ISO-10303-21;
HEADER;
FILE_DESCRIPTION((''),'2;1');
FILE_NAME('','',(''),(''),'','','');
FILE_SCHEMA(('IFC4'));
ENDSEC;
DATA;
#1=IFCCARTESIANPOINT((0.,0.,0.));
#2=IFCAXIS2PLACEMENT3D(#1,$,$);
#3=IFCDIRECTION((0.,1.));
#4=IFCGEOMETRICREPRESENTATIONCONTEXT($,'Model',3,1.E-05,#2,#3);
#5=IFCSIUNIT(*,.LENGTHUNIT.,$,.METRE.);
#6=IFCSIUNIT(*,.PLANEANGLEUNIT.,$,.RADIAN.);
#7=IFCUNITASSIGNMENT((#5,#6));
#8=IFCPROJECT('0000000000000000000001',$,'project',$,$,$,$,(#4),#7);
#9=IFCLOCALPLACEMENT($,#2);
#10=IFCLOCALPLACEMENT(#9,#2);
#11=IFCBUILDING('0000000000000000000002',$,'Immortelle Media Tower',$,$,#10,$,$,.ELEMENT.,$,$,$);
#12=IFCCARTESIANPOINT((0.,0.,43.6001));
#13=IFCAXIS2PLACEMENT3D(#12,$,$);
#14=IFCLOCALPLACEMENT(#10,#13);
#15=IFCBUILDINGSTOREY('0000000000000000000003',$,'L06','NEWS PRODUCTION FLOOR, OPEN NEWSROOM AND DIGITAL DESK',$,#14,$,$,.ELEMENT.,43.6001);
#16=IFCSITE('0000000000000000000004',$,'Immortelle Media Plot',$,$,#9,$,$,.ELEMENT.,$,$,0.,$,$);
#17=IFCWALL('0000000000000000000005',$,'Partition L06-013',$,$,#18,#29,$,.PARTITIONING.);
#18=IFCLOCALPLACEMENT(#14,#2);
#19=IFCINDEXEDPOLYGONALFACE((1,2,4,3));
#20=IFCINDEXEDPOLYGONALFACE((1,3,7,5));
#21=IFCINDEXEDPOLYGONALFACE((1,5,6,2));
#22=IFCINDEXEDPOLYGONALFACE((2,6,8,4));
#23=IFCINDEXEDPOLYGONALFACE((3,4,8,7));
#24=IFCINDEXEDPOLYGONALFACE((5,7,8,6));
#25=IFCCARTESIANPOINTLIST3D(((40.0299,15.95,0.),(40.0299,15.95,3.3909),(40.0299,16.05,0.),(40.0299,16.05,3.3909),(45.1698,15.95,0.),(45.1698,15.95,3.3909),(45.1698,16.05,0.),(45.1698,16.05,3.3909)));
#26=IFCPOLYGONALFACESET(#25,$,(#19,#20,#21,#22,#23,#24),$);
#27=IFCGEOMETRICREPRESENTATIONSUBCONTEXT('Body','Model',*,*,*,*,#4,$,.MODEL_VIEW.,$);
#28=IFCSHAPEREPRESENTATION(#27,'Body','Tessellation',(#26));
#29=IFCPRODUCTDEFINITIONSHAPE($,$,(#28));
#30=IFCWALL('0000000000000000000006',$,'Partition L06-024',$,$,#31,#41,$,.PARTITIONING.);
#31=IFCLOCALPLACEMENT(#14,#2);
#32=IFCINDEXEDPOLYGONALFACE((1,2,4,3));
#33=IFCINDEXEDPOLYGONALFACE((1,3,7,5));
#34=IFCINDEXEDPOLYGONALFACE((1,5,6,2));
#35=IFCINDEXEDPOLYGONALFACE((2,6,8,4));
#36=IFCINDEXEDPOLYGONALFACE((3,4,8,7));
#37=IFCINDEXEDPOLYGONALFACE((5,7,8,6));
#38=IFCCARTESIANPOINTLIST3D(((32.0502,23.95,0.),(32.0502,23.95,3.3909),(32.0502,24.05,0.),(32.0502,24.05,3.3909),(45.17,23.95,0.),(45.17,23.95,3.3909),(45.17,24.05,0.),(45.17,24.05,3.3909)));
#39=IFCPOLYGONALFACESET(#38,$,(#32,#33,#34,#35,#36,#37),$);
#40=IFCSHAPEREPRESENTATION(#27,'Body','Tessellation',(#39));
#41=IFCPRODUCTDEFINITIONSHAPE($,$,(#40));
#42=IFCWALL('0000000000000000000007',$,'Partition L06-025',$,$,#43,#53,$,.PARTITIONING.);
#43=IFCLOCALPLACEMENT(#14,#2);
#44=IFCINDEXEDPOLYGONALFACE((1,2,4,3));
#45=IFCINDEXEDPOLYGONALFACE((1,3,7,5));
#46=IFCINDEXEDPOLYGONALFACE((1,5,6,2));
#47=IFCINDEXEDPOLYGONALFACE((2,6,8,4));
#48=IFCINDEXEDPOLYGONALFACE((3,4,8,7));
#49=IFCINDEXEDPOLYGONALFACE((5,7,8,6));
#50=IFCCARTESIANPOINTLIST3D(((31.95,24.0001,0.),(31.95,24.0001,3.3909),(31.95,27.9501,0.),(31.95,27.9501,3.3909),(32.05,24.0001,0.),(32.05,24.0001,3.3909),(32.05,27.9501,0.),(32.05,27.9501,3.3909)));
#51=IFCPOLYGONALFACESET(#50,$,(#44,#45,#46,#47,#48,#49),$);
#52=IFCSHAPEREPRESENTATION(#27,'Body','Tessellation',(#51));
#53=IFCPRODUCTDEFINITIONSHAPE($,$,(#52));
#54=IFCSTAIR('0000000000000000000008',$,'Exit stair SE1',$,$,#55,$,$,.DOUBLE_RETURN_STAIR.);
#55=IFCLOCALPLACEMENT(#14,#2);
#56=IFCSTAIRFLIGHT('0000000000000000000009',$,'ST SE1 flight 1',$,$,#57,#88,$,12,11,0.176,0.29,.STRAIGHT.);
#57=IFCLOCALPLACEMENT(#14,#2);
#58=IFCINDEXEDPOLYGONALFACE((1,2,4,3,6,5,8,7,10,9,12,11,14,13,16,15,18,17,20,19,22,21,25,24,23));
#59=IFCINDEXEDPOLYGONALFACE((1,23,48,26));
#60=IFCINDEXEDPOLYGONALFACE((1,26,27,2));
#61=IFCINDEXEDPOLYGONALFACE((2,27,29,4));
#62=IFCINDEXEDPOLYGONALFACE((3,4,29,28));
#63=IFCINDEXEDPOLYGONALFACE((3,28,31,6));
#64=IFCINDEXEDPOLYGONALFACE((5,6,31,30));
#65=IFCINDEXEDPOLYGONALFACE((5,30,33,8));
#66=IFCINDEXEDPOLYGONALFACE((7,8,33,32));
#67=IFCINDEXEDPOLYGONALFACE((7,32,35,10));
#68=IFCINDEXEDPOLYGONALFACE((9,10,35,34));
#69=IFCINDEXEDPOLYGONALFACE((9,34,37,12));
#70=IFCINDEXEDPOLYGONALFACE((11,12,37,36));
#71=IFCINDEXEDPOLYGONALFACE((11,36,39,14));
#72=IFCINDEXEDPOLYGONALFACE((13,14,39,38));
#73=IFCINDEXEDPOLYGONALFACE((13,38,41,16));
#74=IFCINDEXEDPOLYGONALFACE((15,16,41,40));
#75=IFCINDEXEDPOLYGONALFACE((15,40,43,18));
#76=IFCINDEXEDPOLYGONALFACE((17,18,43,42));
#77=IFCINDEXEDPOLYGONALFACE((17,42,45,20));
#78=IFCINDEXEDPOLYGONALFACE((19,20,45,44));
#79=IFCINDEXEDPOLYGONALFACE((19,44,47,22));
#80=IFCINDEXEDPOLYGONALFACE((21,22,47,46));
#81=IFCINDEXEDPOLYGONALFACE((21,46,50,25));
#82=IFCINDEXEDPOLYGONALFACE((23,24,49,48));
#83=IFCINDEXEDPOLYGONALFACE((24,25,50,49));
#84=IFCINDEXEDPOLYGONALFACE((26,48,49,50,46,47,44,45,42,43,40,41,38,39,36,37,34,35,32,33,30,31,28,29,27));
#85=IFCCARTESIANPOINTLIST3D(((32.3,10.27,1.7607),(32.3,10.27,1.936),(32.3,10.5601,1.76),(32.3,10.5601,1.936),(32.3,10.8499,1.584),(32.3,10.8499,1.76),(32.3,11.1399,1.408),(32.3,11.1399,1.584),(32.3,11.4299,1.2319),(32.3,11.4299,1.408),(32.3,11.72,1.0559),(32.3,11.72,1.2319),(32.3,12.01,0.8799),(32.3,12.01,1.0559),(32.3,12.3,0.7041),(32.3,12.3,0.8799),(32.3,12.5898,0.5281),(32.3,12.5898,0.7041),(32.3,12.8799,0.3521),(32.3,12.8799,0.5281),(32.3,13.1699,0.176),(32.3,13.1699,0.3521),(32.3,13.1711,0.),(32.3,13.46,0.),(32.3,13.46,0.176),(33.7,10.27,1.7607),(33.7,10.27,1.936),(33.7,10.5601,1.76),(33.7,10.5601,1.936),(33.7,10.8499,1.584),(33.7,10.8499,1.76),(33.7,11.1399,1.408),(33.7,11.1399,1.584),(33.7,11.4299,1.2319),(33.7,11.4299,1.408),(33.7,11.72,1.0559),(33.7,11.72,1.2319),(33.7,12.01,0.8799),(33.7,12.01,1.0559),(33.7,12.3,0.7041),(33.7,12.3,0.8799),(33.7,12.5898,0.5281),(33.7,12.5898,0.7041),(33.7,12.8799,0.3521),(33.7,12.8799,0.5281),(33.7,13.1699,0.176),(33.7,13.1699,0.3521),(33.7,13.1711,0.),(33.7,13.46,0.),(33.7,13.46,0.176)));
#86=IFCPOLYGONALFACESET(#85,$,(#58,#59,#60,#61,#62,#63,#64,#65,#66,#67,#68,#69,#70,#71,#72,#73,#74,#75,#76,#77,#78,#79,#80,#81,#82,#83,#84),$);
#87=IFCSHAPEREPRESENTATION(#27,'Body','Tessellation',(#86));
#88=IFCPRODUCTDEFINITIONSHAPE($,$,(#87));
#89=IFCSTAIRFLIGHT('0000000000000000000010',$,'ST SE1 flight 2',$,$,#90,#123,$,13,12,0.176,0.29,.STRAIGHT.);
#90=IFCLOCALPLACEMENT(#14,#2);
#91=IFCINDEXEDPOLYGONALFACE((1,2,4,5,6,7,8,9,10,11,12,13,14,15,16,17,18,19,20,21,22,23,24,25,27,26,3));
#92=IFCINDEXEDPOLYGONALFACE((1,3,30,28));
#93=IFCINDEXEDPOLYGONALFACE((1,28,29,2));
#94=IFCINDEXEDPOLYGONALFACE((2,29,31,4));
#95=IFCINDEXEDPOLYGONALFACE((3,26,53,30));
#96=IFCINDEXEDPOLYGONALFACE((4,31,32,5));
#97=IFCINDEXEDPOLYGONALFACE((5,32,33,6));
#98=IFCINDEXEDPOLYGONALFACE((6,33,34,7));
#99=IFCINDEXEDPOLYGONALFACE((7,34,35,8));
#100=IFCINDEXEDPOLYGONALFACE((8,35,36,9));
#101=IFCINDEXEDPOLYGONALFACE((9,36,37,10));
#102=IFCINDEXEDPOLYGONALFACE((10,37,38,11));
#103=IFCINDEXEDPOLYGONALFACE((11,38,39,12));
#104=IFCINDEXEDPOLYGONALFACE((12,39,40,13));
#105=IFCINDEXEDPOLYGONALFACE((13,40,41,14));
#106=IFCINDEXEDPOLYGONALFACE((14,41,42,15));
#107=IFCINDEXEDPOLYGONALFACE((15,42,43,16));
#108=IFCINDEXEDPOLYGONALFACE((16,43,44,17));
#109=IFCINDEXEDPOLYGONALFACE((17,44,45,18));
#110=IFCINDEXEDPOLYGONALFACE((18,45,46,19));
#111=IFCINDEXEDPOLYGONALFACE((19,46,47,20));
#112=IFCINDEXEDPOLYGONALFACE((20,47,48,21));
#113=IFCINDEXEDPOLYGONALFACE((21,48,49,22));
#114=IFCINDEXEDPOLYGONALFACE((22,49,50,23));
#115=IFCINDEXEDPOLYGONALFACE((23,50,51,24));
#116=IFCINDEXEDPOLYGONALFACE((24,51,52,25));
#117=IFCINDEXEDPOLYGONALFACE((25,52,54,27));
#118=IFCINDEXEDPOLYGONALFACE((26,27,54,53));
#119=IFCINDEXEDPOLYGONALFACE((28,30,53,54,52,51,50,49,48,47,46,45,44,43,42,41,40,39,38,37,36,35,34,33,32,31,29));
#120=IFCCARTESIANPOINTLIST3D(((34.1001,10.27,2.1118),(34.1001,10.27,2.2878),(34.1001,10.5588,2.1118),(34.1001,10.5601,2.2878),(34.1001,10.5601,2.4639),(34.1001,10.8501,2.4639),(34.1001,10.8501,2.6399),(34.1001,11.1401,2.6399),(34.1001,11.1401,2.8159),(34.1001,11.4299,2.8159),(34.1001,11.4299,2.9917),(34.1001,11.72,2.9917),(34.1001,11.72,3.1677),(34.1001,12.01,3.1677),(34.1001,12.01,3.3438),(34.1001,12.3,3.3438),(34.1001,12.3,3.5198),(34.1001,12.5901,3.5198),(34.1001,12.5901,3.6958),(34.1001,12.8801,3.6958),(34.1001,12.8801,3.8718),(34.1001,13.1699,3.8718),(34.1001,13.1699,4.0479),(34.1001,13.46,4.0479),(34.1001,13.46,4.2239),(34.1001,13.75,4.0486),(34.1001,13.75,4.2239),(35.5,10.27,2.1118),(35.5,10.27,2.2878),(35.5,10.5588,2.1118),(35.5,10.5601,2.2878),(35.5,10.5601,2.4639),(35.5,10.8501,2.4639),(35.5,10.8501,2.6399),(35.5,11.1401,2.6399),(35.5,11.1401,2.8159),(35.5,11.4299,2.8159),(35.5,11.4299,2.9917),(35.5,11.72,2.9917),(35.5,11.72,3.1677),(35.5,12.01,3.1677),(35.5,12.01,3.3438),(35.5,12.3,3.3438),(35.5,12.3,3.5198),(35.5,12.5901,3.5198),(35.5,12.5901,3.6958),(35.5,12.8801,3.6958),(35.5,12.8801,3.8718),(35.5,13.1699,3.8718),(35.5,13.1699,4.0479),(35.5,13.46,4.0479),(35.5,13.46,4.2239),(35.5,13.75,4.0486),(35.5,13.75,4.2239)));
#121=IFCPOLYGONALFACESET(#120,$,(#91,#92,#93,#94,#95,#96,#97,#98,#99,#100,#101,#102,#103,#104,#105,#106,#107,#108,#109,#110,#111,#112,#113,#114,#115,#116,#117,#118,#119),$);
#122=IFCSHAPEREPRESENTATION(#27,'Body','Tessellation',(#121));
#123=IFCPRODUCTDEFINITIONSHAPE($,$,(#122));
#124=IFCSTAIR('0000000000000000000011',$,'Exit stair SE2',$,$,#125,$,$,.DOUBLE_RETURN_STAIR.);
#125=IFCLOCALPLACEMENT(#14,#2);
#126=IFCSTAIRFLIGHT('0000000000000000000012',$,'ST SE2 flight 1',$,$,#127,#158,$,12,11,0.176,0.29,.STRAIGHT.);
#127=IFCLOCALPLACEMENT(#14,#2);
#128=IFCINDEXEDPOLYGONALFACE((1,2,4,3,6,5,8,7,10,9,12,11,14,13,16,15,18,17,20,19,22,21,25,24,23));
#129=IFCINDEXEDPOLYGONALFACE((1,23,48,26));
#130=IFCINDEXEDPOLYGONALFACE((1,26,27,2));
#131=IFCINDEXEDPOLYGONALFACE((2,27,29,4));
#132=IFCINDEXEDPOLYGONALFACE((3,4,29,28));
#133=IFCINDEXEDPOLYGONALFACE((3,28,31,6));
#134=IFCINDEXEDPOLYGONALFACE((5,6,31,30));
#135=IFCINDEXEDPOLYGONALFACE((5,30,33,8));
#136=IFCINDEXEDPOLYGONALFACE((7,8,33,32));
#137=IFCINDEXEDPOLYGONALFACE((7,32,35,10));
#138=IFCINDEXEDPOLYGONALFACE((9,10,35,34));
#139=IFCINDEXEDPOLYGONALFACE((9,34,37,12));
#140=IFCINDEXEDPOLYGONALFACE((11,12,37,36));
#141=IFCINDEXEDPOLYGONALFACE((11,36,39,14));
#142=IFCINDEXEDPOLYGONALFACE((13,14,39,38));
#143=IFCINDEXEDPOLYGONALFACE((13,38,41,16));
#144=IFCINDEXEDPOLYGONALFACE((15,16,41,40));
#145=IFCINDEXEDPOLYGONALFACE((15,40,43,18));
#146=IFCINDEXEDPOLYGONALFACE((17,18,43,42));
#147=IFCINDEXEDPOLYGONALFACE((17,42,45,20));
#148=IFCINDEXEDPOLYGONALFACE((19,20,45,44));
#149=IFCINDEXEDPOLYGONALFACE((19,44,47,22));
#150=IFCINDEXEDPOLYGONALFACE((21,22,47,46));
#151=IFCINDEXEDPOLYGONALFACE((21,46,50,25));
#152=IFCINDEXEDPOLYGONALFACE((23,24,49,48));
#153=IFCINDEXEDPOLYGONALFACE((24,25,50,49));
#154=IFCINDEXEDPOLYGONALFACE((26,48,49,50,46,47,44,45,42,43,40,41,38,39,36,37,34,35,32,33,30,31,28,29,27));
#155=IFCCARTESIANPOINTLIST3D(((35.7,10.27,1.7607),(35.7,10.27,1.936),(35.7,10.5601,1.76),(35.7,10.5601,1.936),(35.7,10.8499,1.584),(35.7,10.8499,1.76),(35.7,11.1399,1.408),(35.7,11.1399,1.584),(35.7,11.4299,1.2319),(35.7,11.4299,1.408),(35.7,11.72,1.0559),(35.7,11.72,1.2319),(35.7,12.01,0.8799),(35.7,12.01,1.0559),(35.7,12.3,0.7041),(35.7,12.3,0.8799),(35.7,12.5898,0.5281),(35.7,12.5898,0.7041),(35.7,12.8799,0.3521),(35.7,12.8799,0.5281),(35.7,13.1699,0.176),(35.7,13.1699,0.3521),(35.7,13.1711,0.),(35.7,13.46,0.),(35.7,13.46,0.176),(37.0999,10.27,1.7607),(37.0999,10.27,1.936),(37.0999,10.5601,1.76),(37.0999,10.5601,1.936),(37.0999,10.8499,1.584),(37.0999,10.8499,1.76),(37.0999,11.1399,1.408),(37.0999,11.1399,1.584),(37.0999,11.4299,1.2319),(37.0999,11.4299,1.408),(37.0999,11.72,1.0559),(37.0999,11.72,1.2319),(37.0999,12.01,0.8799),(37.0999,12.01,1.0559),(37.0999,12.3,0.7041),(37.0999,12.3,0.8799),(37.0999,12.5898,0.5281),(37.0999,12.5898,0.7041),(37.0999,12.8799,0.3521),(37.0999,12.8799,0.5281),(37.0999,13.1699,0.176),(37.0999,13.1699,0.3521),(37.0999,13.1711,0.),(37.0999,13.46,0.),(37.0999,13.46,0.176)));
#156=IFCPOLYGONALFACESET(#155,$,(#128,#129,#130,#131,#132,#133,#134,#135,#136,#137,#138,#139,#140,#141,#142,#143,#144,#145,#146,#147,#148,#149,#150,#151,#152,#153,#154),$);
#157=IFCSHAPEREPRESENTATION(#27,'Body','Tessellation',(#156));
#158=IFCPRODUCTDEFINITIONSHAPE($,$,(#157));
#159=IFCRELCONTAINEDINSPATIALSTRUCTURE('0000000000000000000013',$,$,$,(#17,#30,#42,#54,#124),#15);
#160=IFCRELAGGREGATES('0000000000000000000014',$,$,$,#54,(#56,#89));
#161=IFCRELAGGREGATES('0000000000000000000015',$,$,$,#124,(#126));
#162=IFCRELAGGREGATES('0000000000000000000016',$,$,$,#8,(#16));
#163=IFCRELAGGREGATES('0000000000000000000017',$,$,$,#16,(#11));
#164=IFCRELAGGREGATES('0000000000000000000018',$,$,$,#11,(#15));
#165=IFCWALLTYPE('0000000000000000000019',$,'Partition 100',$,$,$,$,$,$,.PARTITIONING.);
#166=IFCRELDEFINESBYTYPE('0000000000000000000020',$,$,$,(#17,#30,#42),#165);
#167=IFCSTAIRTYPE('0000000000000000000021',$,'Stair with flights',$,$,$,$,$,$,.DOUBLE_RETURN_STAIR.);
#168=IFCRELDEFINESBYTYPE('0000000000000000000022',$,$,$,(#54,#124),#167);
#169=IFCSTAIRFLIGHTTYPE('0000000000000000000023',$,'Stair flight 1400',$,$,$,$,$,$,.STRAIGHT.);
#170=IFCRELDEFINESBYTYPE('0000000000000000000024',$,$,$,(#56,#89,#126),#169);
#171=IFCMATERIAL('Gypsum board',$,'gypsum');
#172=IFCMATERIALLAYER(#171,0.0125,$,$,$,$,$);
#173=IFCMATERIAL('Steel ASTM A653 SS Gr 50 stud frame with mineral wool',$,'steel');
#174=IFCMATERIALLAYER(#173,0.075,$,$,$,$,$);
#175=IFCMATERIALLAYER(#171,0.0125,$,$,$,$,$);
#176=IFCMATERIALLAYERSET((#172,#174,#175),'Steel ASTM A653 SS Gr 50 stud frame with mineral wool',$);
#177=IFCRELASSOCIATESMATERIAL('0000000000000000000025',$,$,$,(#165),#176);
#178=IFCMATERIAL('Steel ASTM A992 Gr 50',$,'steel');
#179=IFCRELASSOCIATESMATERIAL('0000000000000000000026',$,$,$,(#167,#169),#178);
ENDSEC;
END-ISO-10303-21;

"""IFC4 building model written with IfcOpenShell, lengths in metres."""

from ifc_helpers import new_model, si_unit, direction, frame, frame_2d, origin, place, context, subcontext, project, spatial, polyline, rectangle, outline, extrude, material, layer, layer_set, type_object, element, aggregate, save


model = new_model("IFC4")

# Units and contexts
model_context = context("Model", 3, precision=1e-05, world=origin(), true_north=direction((0.0, 1.0)))
body_context = subcontext(model_context, "Body", "Model", "MODEL_VIEW")
ifc_project = project(units=[si_unit("LENGTHUNIT", "METRE"), si_unit("PLANEANGLEUNIT", "RADIAN")], contexts=[model_context])

# Site, building, storey
site_placement = place(None, origin())
site = spatial("IfcSite", under=ifc_project, at=site_placement, Name="Immortelle Media Plot", CompositionType="ELEMENT", RefElevation=0.0)
building_placement = place(site_placement, origin())
building = spatial("IfcBuilding", under=site, at=building_placement, Name="Immortelle Media Tower", CompositionType="ELEMENT")
storey_placement = place(building_placement, frame((0.0, 0.0, 43.6001)))
storey = spatial("IfcBuildingStorey", under=building, at=storey_placement, Name="L06", Description="NEWS PRODUCTION FLOOR, OPEN NEWSROOM AND DIGITAL DESK", CompositionType="ELEMENT", Elevation=43.6001)

# Shared definitions
ifc_material_1 = material(Name="Steel ASTM A992 Gr 50", Category="steel")

# Walls
ifc_material_2 = material(Name="Steel ASTM A653 SS Gr 50 stud frame with mineral wool", Category="steel")
ifc_material_3 = material(Name="Gypsum board", Category="gypsum")
ifc_layer_1 = layer(ifc_material_3, 0.0125)
ifc_layer_2 = layer(ifc_material_2, 0.075)
ifc_layer_3 = layer(ifc_material_3, 0.0125)
ifc_layer_set_1 = layer_set([ifc_layer_1, ifc_layer_2, ifc_layer_3], Name="Steel ASTM A653 SS Gr 50 stud frame with mineral wool")
wall_type_1 = type_object("IfcWallType", Name="Partition 100", PredefinedType="PARTITIONING", material=ifc_layer_set_1)
wall_1_placement = place(storey_placement, frame((40.03, 16.0, 0.0), z_axis=(0.0, 0.0, 1.0), x_axis=(1.0, 0.0, 0.0)))
element("IfcWall", 1, at=wall_1_placement, inside=storey, type_object=wall_type_1, Name="Partition L06-013", PredefinedType="PARTITIONING", context=body_context, shape_type="SweptSolid", body=[
    extrude(rectangle(XDim=5.1399, YDim=0.1001, at=frame_2d((2.5698, 0.0))), origin(), (0.0, 0.0, 1.0), 3.3909),
])
wall_2_placement = place(storey_placement, frame((32.05, 24.0, 0.0), z_axis=(0.0, 0.0, 1.0), x_axis=(1.0, 0.0, 0.0)))
element("IfcWall", 2, at=wall_2_placement, inside=storey, type_object=wall_type_1, Name="Partition L06-024", PredefinedType="PARTITIONING", context=body_context, shape_type="SweptSolid", body=[
    extrude(rectangle(XDim=13.1199, YDim=0.1001, at=frame_2d((6.5601, 0.0))), origin(), (0.0, 0.0, 1.0), 3.3909),
])
wall_3_placement = place(storey_placement, frame((32.0, 24.0, 0.0), z_axis=(0.0, 0.0, 1.0), x_axis=(0.0, 1.0, 0.0)))
element("IfcWall", 3, at=wall_3_placement, inside=storey, type_object=wall_type_1, Name="Partition L06-025", PredefinedType="PARTITIONING", context=body_context, shape_type="SweptSolid", body=[
    extrude(rectangle(XDim=3.95, YDim=0.1001, at=frame_2d((1.9751, 0.0))), origin(), (0.0, 0.0, 1.0), 3.3909),
])

# Stairs, stair flights
stair_type = type_object("IfcStairType", Name="Stair with flights", PredefinedType="DOUBLE_RETURN_STAIR", material=ifc_material_1)
stair_1_placement = place(storey_placement, origin())
stair_1 = element("IfcStair", 4, at=stair_1_placement, inside=storey, type_object=stair_type, Name="Exit stair SE1", PredefinedType="DOUBLE_RETURN_STAIR")
stair_flight_type = type_object("IfcStairFlightType", Name="Stair flight 1400", PredefinedType="STRAIGHT", material=ifc_material_1)
stair_flight_1_placement = place(storey_placement, frame((33.0, 13.46, 0.0), z_axis=(0.0, 0.0, 1.0), x_axis=(0.0, -1.0, 0.0)))
stair_flight_1 = element("IfcStairFlight", 5, at=stair_flight_1_placement, type_object=stair_flight_type, Name="ST SE1 flight 1", NumberOfRisers=12, NumberOfTreads=11, PredefinedType="STRAIGHT", RiserHeight=0.176, TreadLength=0.29, context=body_context, shape_type="SweptSolid", body=[
    extrude(outline(polyline([(0.0, 0.0), (0.0, 0.176), (0.29, 0.176), (0.29, 0.3521), (0.5801, 0.3521), (0.5801, 0.5281), (0.8701, 0.5281), (0.8701, 0.7041), (1.1599, 0.7041), (1.1599, 0.8799), (1.45, 0.8799), (1.45, 1.0559), (1.74, 1.0559), (1.74, 1.2319), (2.03, 1.2319), (2.03, 1.408), (2.3201, 1.408), (2.3201, 1.584), (2.6101, 1.584), (2.6101, 1.76), (2.8999, 1.76), (2.8999, 1.936), (3.1899, 1.936), (3.1899, 2.1121), (3.1899, 1.7607), (0.2888, 0.0), (0.0, 0.0)])), frame((0.0, 0.7, 0.0), z_axis=(0.0, -1.0, 0.0), x_axis=(1.0, 0.0, 0.0)), (0.0, 0.0, 1.0), 1.3999),
])
stair_flight_2_placement = place(storey_placement, frame((34.8, 10.27, 2.1118), z_axis=(0.0, 0.0, 1.0), x_axis=(0.0, 1.0, 0.0)))
stair_flight_2 = element("IfcStairFlight", 6, at=stair_flight_2_placement, type_object=stair_flight_type, Name="ST SE1 flight 2", NumberOfRisers=13, NumberOfTreads=12, PredefinedType="STRAIGHT", RiserHeight=0.176, TreadLength=0.29, context=body_context, shape_type="SweptSolid", body=[
    extrude(outline(polyline([(0.0, 0.0), (0.0, 0.176), (0.29, 0.176), (0.29, 0.3521), (0.5801, 0.3521), (0.5801, 0.5281), (0.8701, 0.5281), (0.8701, 0.7041), (1.1599, 0.7041), (1.1599, 0.8799), (1.45, 0.8799), (1.45, 1.0559), (1.74, 1.0559), (1.74, 1.2319), (2.03, 1.2319), (2.03, 1.408), (2.3201, 1.408), (2.3201, 1.584), (2.6101, 1.584), (2.6101, 1.76), (2.8999, 1.76), (2.8999, 1.936), (3.1899, 1.936), (3.1899, 2.1121), (3.48, 2.1121), (3.48, 2.2881), (3.48, 1.9368), (0.2888, 0.0), (0.0, 0.0)])), frame((0.0, 0.7, 0.0), z_axis=(0.0, -1.0, 0.0), x_axis=(1.0, 0.0, 0.0)), (0.0, 0.0, 1.0), 1.3999),
])
aggregate(stair_1, [stair_flight_1, stair_flight_2])
stair_2_placement = place(storey_placement, origin())
stair_2 = element("IfcStair", 7, at=stair_2_placement, inside=storey, type_object=stair_type, Name="Exit stair SE2", PredefinedType="DOUBLE_RETURN_STAIR")
stair_flight_3_placement = place(storey_placement, frame((36.3999, 13.46, 0.0), z_axis=(0.0, 0.0, 1.0), x_axis=(0.0, -1.0, 0.0)))
stair_flight_3 = element("IfcStairFlight", 8, at=stair_flight_3_placement, type_object=stair_flight_type, Name="ST SE2 flight 1", NumberOfRisers=12, NumberOfTreads=11, PredefinedType="STRAIGHT", RiserHeight=0.176, TreadLength=0.29, context=body_context, shape_type="SweptSolid", body=[
    extrude(outline(polyline([(0.0, 0.0), (0.0, 0.176), (0.29, 0.176), (0.29, 0.3521), (0.5801, 0.3521), (0.5801, 0.5281), (0.8701, 0.5281), (0.8701, 0.7041), (1.1599, 0.7041), (1.1599, 0.8799), (1.45, 0.8799), (1.45, 1.0559), (1.74, 1.0559), (1.74, 1.2319), (2.03, 1.2319), (2.03, 1.408), (2.3201, 1.408), (2.3201, 1.584), (2.6101, 1.584), (2.6101, 1.76), (2.8999, 1.76), (2.8999, 1.936), (3.1899, 1.936), (3.1899, 2.1121), (3.1899, 1.7607), (0.2888, 0.0), (0.0, 0.0)])), frame((0.0, 0.7, 0.0), z_axis=(0.0, -1.0, 0.0), x_axis=(1.0, 0.0, 0.0)), (0.0, 0.0, 1.0), 1.3999),
])
aggregate(stair_2, [stair_flight_3])

save(model, "model.ifc")
